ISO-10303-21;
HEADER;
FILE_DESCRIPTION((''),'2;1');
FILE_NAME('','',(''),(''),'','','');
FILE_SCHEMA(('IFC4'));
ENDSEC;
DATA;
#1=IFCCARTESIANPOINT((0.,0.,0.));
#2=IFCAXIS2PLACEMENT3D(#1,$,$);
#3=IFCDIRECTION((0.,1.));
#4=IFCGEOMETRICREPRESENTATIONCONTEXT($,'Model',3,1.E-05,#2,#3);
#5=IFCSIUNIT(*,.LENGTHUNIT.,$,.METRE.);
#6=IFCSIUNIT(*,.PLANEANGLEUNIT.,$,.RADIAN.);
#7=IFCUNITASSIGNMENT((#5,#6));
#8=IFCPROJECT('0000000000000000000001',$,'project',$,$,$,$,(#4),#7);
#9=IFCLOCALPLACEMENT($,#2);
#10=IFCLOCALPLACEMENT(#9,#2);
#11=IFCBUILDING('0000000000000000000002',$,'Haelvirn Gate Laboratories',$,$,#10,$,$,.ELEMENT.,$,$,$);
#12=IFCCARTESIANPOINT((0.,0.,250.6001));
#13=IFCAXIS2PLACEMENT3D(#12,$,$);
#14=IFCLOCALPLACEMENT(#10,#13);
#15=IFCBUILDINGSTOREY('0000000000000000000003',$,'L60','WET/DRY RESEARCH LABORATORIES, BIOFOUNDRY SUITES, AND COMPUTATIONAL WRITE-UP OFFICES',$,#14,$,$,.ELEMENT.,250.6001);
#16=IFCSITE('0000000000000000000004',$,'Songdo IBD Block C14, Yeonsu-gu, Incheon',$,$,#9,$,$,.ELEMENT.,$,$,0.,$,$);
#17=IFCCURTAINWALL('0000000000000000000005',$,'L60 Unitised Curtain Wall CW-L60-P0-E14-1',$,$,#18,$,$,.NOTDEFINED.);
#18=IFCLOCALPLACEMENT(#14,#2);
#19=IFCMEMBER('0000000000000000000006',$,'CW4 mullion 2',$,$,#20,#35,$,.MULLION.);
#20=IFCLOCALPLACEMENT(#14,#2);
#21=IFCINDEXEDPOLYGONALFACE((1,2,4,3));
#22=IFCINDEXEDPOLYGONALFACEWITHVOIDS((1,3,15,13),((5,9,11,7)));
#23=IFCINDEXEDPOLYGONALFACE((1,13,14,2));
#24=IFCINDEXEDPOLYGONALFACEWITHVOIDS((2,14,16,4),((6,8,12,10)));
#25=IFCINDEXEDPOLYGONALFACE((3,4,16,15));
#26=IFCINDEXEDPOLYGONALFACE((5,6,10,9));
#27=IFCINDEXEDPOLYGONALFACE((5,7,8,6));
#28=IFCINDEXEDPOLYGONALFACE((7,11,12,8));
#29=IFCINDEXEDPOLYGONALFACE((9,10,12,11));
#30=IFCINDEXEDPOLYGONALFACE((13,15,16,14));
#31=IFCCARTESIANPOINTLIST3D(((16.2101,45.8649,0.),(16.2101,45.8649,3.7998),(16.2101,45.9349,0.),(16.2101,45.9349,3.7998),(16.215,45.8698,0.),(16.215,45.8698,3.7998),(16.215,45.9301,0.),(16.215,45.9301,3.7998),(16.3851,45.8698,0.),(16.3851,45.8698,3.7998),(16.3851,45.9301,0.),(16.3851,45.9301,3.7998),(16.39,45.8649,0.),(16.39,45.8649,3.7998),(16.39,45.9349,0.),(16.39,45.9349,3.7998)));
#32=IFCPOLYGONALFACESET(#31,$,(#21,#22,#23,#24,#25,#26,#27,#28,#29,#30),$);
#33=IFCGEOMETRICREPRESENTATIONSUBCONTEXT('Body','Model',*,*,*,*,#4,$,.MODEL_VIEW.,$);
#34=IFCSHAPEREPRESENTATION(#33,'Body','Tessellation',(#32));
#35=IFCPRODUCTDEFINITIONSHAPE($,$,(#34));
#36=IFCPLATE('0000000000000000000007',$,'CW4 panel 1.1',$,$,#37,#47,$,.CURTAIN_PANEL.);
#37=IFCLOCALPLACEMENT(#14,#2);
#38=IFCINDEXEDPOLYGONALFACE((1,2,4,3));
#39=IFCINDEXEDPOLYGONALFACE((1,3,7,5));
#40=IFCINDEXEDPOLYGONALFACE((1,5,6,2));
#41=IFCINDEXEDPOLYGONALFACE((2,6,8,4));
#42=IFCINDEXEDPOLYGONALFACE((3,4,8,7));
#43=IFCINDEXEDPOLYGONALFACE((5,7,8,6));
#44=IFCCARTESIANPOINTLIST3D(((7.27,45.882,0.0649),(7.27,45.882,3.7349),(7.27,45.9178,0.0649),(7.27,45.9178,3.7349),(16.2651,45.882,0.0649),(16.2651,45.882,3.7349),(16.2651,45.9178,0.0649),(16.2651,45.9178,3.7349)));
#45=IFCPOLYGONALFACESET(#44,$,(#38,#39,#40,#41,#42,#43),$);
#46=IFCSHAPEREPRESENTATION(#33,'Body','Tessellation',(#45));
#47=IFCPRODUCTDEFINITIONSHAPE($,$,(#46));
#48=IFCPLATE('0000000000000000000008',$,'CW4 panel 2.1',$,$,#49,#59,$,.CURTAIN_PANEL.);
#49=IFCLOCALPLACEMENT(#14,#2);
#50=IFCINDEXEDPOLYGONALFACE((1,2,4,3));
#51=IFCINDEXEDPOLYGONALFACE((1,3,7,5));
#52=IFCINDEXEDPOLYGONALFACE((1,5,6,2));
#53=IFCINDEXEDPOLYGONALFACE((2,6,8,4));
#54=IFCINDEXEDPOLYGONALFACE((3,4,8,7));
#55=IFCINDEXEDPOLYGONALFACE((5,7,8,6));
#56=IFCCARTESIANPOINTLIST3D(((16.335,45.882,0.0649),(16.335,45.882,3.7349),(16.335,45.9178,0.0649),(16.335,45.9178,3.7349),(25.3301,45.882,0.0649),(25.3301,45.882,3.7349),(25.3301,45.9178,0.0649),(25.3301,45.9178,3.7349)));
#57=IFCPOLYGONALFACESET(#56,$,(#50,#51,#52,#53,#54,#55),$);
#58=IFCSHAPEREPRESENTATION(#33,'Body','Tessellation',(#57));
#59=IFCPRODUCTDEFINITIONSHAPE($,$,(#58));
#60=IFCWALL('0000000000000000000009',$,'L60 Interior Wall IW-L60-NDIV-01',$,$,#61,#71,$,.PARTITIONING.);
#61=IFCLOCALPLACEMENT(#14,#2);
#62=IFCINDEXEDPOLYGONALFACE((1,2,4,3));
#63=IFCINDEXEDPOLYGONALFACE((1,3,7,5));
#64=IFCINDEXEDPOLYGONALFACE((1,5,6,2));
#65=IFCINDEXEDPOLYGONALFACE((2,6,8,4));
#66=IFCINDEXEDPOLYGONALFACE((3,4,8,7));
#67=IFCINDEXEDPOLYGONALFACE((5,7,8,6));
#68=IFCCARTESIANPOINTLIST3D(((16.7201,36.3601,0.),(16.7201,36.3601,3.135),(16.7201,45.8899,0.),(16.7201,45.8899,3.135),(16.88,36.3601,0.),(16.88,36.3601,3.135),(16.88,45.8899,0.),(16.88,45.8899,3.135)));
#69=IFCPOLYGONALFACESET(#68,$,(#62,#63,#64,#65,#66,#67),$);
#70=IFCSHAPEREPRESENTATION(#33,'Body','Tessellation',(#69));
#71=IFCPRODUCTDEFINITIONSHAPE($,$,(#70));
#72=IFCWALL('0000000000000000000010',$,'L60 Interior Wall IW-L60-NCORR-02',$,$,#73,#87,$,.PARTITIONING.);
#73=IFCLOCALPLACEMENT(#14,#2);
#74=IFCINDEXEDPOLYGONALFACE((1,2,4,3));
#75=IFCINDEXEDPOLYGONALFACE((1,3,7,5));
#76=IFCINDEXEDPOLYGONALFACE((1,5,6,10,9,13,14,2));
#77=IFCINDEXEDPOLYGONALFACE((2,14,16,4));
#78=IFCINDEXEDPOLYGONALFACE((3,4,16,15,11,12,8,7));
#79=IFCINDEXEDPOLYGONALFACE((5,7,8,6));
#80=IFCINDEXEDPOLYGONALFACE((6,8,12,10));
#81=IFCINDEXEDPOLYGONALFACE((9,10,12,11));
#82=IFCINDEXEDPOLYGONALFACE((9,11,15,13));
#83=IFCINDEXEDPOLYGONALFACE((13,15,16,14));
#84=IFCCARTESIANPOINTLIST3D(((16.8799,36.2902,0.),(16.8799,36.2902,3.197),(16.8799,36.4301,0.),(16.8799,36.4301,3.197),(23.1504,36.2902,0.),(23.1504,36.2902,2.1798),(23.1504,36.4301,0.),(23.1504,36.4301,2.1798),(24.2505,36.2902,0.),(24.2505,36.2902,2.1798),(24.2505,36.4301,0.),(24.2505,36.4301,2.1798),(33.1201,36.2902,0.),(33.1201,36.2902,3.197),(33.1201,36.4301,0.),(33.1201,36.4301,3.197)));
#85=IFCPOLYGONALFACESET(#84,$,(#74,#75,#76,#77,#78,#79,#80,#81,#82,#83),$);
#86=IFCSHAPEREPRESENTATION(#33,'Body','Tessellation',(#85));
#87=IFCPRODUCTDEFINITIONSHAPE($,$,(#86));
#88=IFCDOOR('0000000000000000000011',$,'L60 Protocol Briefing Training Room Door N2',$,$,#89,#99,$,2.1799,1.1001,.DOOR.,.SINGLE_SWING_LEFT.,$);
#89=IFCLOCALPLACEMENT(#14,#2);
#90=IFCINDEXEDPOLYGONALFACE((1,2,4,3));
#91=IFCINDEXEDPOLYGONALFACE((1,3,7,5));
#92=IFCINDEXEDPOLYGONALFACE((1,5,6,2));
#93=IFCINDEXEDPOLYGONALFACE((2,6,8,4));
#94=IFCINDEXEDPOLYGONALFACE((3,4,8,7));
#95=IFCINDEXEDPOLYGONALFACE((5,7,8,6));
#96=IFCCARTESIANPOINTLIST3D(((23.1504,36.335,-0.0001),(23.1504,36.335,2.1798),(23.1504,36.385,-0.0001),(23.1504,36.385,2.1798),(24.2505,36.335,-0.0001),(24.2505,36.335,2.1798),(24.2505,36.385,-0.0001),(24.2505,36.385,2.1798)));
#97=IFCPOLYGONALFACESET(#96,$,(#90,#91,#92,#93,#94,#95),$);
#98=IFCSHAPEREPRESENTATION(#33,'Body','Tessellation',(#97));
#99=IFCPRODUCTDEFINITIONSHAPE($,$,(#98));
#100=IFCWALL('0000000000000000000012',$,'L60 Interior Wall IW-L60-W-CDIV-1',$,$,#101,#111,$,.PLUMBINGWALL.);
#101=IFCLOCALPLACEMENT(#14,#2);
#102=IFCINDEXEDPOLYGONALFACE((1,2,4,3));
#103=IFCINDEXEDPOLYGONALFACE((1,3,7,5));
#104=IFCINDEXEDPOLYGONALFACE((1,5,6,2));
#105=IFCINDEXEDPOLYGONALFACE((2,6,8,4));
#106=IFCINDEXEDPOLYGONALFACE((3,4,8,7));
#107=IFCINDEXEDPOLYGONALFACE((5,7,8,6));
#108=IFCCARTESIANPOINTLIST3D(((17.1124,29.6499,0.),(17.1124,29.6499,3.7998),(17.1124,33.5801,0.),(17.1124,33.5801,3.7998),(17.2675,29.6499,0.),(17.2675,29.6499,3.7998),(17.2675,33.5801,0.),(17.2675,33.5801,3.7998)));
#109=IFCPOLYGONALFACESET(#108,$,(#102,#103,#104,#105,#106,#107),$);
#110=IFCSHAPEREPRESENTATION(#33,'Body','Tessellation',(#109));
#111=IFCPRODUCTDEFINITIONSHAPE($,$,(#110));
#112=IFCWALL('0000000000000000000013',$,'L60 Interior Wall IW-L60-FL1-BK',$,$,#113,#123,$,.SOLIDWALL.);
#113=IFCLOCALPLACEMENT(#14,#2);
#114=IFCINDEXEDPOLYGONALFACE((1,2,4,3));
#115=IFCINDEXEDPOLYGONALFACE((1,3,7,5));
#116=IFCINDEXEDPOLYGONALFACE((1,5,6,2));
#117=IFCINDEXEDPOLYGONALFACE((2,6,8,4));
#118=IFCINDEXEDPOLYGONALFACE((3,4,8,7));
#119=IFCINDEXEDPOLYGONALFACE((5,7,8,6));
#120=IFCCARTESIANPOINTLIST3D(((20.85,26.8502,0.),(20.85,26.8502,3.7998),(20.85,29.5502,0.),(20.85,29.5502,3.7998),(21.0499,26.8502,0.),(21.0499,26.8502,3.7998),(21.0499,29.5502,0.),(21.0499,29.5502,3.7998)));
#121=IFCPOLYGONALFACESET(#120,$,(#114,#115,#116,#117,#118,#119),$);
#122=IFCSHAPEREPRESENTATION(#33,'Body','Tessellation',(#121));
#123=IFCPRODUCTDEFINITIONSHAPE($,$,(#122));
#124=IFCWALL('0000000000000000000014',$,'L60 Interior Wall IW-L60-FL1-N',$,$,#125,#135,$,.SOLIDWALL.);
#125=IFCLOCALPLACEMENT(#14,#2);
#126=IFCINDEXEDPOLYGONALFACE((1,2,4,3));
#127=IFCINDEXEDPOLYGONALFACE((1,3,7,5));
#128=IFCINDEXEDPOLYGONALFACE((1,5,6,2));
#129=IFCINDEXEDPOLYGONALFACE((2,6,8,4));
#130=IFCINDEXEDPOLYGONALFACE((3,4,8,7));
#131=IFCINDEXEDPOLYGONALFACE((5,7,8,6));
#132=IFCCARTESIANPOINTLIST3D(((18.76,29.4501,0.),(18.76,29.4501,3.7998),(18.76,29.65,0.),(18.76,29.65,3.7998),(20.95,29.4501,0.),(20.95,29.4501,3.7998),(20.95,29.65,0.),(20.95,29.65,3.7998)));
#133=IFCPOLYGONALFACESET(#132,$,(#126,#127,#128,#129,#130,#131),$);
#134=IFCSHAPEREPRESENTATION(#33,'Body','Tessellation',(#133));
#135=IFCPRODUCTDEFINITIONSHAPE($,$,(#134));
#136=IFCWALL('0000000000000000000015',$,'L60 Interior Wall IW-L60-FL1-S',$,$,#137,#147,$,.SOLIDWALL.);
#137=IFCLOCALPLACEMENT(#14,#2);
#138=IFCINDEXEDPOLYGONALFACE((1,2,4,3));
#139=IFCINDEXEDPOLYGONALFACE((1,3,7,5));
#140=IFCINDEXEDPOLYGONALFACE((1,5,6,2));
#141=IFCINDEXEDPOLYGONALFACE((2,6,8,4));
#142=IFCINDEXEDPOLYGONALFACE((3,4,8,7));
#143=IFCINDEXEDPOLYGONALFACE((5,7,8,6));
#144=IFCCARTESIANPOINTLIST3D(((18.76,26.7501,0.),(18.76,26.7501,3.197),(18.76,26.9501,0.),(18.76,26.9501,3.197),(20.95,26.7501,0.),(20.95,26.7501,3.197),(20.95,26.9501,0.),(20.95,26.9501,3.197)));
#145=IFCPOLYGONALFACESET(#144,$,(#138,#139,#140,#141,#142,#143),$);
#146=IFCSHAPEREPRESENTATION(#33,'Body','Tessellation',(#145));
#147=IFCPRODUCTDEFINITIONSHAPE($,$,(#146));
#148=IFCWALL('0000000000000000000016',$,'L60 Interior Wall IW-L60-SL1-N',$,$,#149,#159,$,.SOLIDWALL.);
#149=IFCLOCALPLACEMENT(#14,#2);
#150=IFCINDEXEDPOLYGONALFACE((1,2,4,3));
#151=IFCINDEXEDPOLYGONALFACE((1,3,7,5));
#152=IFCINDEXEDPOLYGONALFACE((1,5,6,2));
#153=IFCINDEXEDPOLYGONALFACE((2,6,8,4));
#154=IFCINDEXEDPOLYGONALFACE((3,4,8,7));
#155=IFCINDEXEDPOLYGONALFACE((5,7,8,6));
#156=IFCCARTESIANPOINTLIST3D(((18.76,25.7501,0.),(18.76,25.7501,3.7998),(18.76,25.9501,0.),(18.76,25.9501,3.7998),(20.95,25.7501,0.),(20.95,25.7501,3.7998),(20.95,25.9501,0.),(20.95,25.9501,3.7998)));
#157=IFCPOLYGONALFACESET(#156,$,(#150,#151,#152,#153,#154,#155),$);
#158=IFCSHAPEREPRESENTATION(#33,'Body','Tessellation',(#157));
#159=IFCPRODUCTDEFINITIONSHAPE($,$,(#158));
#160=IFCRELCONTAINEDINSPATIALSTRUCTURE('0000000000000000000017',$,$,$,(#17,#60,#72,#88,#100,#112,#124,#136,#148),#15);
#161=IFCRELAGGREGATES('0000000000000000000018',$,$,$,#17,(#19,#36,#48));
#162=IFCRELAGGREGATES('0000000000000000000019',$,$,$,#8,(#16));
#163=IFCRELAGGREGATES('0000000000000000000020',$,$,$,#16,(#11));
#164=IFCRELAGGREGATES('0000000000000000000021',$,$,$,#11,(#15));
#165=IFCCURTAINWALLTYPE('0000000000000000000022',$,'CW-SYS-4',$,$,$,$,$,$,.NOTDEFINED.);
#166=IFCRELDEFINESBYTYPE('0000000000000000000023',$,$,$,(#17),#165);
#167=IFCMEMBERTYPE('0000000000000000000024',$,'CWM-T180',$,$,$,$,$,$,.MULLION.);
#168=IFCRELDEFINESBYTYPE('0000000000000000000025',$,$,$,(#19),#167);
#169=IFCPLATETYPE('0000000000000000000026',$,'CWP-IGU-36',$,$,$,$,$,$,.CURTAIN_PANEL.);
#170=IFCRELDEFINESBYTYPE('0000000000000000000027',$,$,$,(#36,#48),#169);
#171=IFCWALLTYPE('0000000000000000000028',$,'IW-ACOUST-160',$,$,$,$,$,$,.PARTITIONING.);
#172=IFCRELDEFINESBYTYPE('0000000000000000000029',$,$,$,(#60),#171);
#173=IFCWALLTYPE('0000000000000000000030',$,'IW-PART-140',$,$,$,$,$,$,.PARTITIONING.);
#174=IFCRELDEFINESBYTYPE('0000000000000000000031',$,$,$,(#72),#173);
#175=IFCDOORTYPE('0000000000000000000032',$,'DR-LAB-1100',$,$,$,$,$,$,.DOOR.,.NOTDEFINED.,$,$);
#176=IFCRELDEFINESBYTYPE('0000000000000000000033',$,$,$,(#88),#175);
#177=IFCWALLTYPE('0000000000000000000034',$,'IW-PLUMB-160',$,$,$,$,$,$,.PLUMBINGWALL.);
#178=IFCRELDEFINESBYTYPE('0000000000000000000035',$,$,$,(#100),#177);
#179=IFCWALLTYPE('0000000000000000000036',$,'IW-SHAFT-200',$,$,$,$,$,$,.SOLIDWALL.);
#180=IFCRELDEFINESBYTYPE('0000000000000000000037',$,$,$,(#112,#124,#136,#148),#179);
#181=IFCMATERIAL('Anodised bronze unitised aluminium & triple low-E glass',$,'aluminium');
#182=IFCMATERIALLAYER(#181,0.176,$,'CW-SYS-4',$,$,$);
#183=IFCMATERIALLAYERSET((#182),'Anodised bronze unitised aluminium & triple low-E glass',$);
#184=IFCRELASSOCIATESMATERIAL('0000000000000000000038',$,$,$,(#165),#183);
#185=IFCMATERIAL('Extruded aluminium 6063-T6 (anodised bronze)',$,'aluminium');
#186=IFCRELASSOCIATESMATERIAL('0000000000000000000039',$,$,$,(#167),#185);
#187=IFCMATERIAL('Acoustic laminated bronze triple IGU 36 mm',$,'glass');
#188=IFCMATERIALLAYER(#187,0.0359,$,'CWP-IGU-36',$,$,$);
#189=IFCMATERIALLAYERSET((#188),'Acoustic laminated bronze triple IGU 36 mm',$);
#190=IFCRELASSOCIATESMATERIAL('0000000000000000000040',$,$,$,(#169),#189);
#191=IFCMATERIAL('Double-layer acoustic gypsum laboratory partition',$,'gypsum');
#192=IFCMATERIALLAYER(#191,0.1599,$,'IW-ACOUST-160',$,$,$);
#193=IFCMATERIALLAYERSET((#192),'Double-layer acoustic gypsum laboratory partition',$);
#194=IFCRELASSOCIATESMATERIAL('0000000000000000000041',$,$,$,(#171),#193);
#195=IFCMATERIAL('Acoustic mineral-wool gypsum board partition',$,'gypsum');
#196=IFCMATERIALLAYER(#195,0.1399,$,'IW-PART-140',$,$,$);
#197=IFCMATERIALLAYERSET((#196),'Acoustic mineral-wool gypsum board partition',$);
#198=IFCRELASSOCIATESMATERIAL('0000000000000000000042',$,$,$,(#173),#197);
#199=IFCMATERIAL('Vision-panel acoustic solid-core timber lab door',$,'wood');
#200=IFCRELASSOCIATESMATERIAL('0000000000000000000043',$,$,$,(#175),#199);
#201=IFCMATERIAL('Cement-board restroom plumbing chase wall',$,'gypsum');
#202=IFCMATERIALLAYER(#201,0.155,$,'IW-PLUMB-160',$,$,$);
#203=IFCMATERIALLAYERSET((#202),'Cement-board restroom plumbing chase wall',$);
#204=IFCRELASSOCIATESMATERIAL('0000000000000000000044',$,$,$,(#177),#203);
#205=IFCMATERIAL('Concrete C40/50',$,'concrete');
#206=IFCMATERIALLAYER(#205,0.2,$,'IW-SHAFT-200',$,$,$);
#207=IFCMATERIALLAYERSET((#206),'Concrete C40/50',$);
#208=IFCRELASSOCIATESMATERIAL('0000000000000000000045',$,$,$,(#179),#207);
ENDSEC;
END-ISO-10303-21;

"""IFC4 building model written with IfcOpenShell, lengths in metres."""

from ifc_helpers import new_model, si_unit, direction, frame, frame_2d, origin, origin_2d, place, context, subcontext, project, spatial, rectangle, hollow_rectangle, extrude, source, transform, mapped, material, layer, layer_set, material_profile, profile_set, type_object, type_shapes, element, fill, aggregate, save


model = new_model("IFC4")

# Units and contexts
model_context = context("Model", 3, precision=1e-05, world=origin(), true_north=direction((0.0, 1.0)))
body_context = subcontext(model_context, "Body", "Model", "MODEL_VIEW")
ifc_project = project(units=[si_unit("LENGTHUNIT", "METRE"), si_unit("PLANEANGLEUNIT", "RADIAN")], contexts=[model_context])

# Site, building, storey
site_placement = place(None, origin())
site = spatial("IfcSite", under=ifc_project, at=site_placement, Name="Songdo IBD Block C14, Yeonsu-gu, Incheon", CompositionType="ELEMENT", RefElevation=0.0)
building_placement = place(site_placement, origin())
building = spatial("IfcBuilding", under=site, at=building_placement, Name="Haelvirn Gate Laboratories", CompositionType="ELEMENT")
storey_placement = place(building_placement, frame((0.0, 0.0, 250.6001)))
storey = spatial("IfcBuildingStorey", under=building, at=storey_placement, Name="L60", Description="WET/DRY RESEARCH LABORATORIES, BIOFOUNDRY SUITES, AND COMPUTATIONAL WRITE-UP OFFICES", CompositionType="ELEMENT", Elevation=250.6001)

# Curtain wall, member, plates
ifc_material_1 = material(Name="Anodised bronze unitised aluminium & triple low-E glass", Category="aluminium")
ifc_layer_1 = layer(ifc_material_1, 0.176, Name="CW-SYS-4")
ifc_layer_set_1 = layer_set([ifc_layer_1], Name="Anodised bronze unitised aluminium & triple low-E glass")
curtain_wall_type = type_object("IfcCurtainWallType", Name="CW-SYS-4", PredefinedType="NOTDEFINED", material=ifc_layer_set_1)
curtain_wall_placement = place(storey_placement, origin())
curtain_wall = element("IfcCurtainWall", 1, at=curtain_wall_placement, inside=storey, type_object=curtain_wall_type, Name="L60 Unitised Curtain Wall CW-L60-P0-E14-1", PredefinedType="NOTDEFINED")
ifc_material_2 = material(Name="Extruded aluminium 6063-T6 (anodised bronze)", Category="aluminium")
ifc_material_profile_1 = material_profile(ifc_material_2, hollow_rectangle(XDim=0.0701, YDim=0.1799, WallThickness=0.0049, at=origin_2d()), Name="CWM-180x70x5")
ifc_profile_set_1 = profile_set([ifc_material_profile_1], Name="Extruded aluminium 6063-T6 (anodised bronze)")
member_type_1 = type_object("IfcMemberType", Name="CWM-T180", PredefinedType="MULLION", material=ifc_profile_set_1)
shared_shape_1 = source(origin(), body_context, "Body", "SweptSolid", [
    extrude(hollow_rectangle(XDim=0.0701, YDim=0.1799, WallThickness=0.0049, at=origin_2d()), origin(), (0.0, 0.0, 1.0), 3.7998),
])
type_shapes(member_type_1, [shared_shape_1])
member_1_placement = place(storey_placement, frame((16.3, 45.8999, 0.0), z_axis=(0.0, 0.0, 1.0), x_axis=(0.0, 1.0, 0.0)))
member_1 = element("IfcMember", 2, at=member_1_placement, type_object=member_type_1, Name="CW4 mullion 2", PredefinedType="MULLION", context=body_context, shape_type="MappedRepresentation", body=[
    mapped(shared_shape_1, transform((0.0, 0.0, 0.0), scale=1.0)),
])
ifc_material_3 = material(Name="Acoustic laminated bronze triple IGU 36 mm", Category="glass")
ifc_layer_2 = layer(ifc_material_3, 0.0359, Name="CWP-IGU-36")
ifc_layer_set_2 = layer_set([ifc_layer_2], Name="Acoustic laminated bronze triple IGU 36 mm")
plate_type = type_object("IfcPlateType", Name="CWP-IGU-36", PredefinedType="CURTAIN_PANEL", material=ifc_layer_set_2)
shared_shape_2 = source(origin(), body_context, "Body", "SweptSolid", [
    extrude(rectangle(XDim=8.9951, YDim=0.0359, at=origin_2d()), origin(), (0.0, 0.0, 1.0), 3.6699),
])
type_shapes(plate_type, [shared_shape_2])
plate_1_placement = place(storey_placement, frame((11.7676, 45.8999, 0.0649), z_axis=(0.0, 0.0, 1.0), x_axis=(1.0, 0.0, 0.0)))
plate_1 = element("IfcPlate", 3, at=plate_1_placement, type_object=plate_type, Name="CW4 panel 1.1", PredefinedType="CURTAIN_PANEL", context=body_context, shape_type="MappedRepresentation", body=[
    mapped(shared_shape_2, transform((0.0, 0.0, 0.0), scale=1.0)),
])
plate_2_placement = place(storey_placement, frame((20.8325, 45.8999, 0.0649), z_axis=(0.0, 0.0, 1.0), x_axis=(1.0, 0.0, 0.0)))
plate_2 = element("IfcPlate", 4, at=plate_2_placement, type_object=plate_type, Name="CW4 panel 2.1", PredefinedType="CURTAIN_PANEL", context=body_context, shape_type="MappedRepresentation", body=[
    mapped(shared_shape_2, transform((0.0, 0.0, 0.0), scale=1.0)),
])
aggregate(curtain_wall, [member_1, plate_1, plate_2])

# Wall
ifc_material_4 = material(Name="Double-layer acoustic gypsum laboratory partition", Category="gypsum")
ifc_layer_3 = layer(ifc_material_4, 0.1599, Name="IW-ACOUST-160")
ifc_layer_set_3 = layer_set([ifc_layer_3], Name="Double-layer acoustic gypsum laboratory partition")
wall_type_1 = type_object("IfcWallType", Name="IW-ACOUST-160", PredefinedType="PARTITIONING", material=ifc_layer_set_3)
wall_1_placement = place(storey_placement, frame((16.8, 36.3601, 0.0), z_axis=(0.0, 0.0, 1.0), x_axis=(0.0, 1.0, 0.0)))
element("IfcWall", 5, at=wall_1_placement, inside=storey, type_object=wall_type_1, Name="L60 Interior Wall IW-L60-NDIV-01", PredefinedType="PARTITIONING", context=body_context, shape_type="SweptSolid", body=[
    extrude(rectangle(XDim=9.5298, YDim=0.1599, at=frame_2d((4.7649, 0.0))), origin(), (0.0, 0.0, 1.0), 3.135),
])

# Wall, opening, door
ifc_material_5 = material(Name="Acoustic mineral-wool gypsum board partition", Category="gypsum")
ifc_layer_4 = layer(ifc_material_5, 0.1399, Name="IW-PART-140")
ifc_layer_set_4 = layer_set([ifc_layer_4], Name="Acoustic mineral-wool gypsum board partition")
wall_type_2 = type_object("IfcWallType", Name="IW-PART-140", PredefinedType="PARTITIONING", material=ifc_layer_set_4)
wall_2_placement = place(storey_placement, frame((16.8799, 36.3601, 0.0), z_axis=(0.0, 0.0, 1.0), x_axis=(1.0, 0.0, 0.0)))
wall_2 = element("IfcWall", 6, at=wall_2_placement, inside=storey, type_object=wall_type_2, Name="L60 Interior Wall IW-L60-NCORR-02", PredefinedType="PARTITIONING", context=body_context, shape_type="SweptSolid", body=[
    extrude(rectangle(XDim=16.2402, YDim=0.1399, at=frame_2d((8.1201, 0.0))), origin(), (0.0, 0.0, 1.0), 3.197),
])
opening_placement = place(wall_2_placement, frame((6.2705, 0.0, 0.0)))
opening = element("IfcOpeningElement", 7, at=opening_placement, cuts=wall_2, PredefinedType="OPENING", context=body_context, shape_type="SweptSolid", body=[
    extrude(rectangle(XDim=1.1001, YDim=2.1799, at=frame_2d((0.55, 1.0898))), frame((0.0, 0.0801, 0.0), z_axis=(0.0, -1.0, 0.0), x_axis=(1.0, 0.0, 0.0)), (0.0, 0.0, 1.0), 0.1599),
])
ifc_material_6 = material(Name="Vision-panel acoustic solid-core timber lab door", Category="wood")
door_type = type_object("IfcDoorType", Name="DR-LAB-1100", OperationType="NOTDEFINED", PredefinedType="DOOR", material=ifc_material_6)
shared_shape_3 = source(origin(), body_context, "Body", "SweptSolid", [
    extrude(rectangle(XDim=1.1001, YDim=2.1799, at=frame_2d((0.55, 1.0898))), frame((0.0, 0.0249, 0.0), z_axis=(0.0, -1.0, 0.0), x_axis=(1.0, 0.0, 0.0)), (0.0, 0.0, 1.0), 0.05),
])
type_shapes(door_type, [shared_shape_3])
door_placement = place(opening_placement, origin())
door = element("IfcDoor", 8, at=door_placement, inside=storey, type_object=door_type, Name="L60 Protocol Briefing Training Room Door N2", OperationType="SINGLE_SWING_LEFT", OverallHeight=2.1799, OverallWidth=1.1001, PredefinedType="DOOR", context=body_context, shape_type="MappedRepresentation", body=[
    mapped(shared_shape_3, transform((0.0, 0.0, 0.0), scale=1.0)),
])
fill(opening, door)

# Walls
ifc_material_7 = material(Name="Cement-board restroom plumbing chase wall", Category="gypsum")
ifc_layer_5 = layer(ifc_material_7, 0.155, Name="IW-PLUMB-160")
ifc_layer_set_5 = layer_set([ifc_layer_5], Name="Cement-board restroom plumbing chase wall")
wall_type_3 = type_object("IfcWallType", Name="IW-PLUMB-160", PredefinedType="PLUMBINGWALL", material=ifc_layer_set_5)
wall_3_placement = place(storey_placement, frame((17.1899, 29.6499, 0.0), z_axis=(0.0, 0.0, 1.0), x_axis=(0.0, 1.0, 0.0)))
element("IfcWall", 9, at=wall_3_placement, inside=storey, type_object=wall_type_3, Name="L60 Interior Wall IW-L60-W-CDIV-1", PredefinedType="PLUMBINGWALL", context=body_context, shape_type="SweptSolid", body=[
    extrude(rectangle(XDim=3.9302, YDim=0.155, at=frame_2d((1.9651, 0.0))), origin(), (0.0, 0.0, 1.0), 3.7998),
])
ifc_material_8 = material(Name="Concrete C40/50", Category="concrete")
ifc_layer_6 = layer(ifc_material_8, 0.2, Name="IW-SHAFT-200")
ifc_layer_set_6 = layer_set([ifc_layer_6], Name="Concrete C40/50")
wall_type_4 = type_object("IfcWallType", Name="IW-SHAFT-200", PredefinedType="SOLIDWALL", material=ifc_layer_set_6)
wall_4_placement = place(storey_placement, frame((20.95, 26.8501, 0.0), z_axis=(0.0, 0.0, 1.0), x_axis=(0.0, 1.0, 0.0)))
element("IfcWall", 10, at=wall_4_placement, inside=storey, type_object=wall_type_4, Name="L60 Interior Wall IW-L60-FL1-BK", PredefinedType="SOLIDWALL", context=body_context, shape_type="SweptSolid", body=[
    extrude(rectangle(XDim=2.7, YDim=0.2, at=frame_2d((1.3501, 0.0))), origin(), (0.0, 0.0, 1.0), 3.7998),
])
wall_5_placement = place(storey_placement, frame((18.76, 29.55, 0.0), z_axis=(0.0, 0.0, 1.0), x_axis=(1.0, 0.0, 0.0)))
element("IfcWall", 11, at=wall_5_placement, inside=storey, type_object=wall_type_4, Name="L60 Interior Wall IW-L60-FL1-N", PredefinedType="SOLIDWALL", context=body_context, shape_type="SweptSolid", body=[
    extrude(rectangle(XDim=2.1899, YDim=0.2, at=frame_2d((1.095, 0.0))), origin(), (0.0, 0.0, 1.0), 3.7998),
])
wall_6_placement = place(storey_placement, frame((18.76, 26.8501, 0.0), z_axis=(0.0, 0.0, 1.0), x_axis=(1.0, 0.0, 0.0)))
element("IfcWall", 12, at=wall_6_placement, inside=storey, type_object=wall_type_4, Name="L60 Interior Wall IW-L60-FL1-S", PredefinedType="SOLIDWALL", context=body_context, shape_type="SweptSolid", body=[
    extrude(rectangle(XDim=2.1899, YDim=0.2, at=frame_2d((1.095, 0.0))), origin(), (0.0, 0.0, 1.0), 3.197),
])
wall_7_placement = place(storey_placement, frame((18.76, 25.8501, 0.0), z_axis=(0.0, 0.0, 1.0), x_axis=(1.0, 0.0, 0.0)))
element("IfcWall", 13, at=wall_7_placement, inside=storey, type_object=wall_type_4, Name="L60 Interior Wall IW-L60-SL1-N", PredefinedType="SOLIDWALL", context=body_context, shape_type="SweptSolid", body=[
    extrude(rectangle(XDim=2.1899, YDim=0.2, at=frame_2d((1.095, 0.0))), origin(), (0.0, 0.0, 1.0), 3.7998),
])

save(model, "model.ifc")
